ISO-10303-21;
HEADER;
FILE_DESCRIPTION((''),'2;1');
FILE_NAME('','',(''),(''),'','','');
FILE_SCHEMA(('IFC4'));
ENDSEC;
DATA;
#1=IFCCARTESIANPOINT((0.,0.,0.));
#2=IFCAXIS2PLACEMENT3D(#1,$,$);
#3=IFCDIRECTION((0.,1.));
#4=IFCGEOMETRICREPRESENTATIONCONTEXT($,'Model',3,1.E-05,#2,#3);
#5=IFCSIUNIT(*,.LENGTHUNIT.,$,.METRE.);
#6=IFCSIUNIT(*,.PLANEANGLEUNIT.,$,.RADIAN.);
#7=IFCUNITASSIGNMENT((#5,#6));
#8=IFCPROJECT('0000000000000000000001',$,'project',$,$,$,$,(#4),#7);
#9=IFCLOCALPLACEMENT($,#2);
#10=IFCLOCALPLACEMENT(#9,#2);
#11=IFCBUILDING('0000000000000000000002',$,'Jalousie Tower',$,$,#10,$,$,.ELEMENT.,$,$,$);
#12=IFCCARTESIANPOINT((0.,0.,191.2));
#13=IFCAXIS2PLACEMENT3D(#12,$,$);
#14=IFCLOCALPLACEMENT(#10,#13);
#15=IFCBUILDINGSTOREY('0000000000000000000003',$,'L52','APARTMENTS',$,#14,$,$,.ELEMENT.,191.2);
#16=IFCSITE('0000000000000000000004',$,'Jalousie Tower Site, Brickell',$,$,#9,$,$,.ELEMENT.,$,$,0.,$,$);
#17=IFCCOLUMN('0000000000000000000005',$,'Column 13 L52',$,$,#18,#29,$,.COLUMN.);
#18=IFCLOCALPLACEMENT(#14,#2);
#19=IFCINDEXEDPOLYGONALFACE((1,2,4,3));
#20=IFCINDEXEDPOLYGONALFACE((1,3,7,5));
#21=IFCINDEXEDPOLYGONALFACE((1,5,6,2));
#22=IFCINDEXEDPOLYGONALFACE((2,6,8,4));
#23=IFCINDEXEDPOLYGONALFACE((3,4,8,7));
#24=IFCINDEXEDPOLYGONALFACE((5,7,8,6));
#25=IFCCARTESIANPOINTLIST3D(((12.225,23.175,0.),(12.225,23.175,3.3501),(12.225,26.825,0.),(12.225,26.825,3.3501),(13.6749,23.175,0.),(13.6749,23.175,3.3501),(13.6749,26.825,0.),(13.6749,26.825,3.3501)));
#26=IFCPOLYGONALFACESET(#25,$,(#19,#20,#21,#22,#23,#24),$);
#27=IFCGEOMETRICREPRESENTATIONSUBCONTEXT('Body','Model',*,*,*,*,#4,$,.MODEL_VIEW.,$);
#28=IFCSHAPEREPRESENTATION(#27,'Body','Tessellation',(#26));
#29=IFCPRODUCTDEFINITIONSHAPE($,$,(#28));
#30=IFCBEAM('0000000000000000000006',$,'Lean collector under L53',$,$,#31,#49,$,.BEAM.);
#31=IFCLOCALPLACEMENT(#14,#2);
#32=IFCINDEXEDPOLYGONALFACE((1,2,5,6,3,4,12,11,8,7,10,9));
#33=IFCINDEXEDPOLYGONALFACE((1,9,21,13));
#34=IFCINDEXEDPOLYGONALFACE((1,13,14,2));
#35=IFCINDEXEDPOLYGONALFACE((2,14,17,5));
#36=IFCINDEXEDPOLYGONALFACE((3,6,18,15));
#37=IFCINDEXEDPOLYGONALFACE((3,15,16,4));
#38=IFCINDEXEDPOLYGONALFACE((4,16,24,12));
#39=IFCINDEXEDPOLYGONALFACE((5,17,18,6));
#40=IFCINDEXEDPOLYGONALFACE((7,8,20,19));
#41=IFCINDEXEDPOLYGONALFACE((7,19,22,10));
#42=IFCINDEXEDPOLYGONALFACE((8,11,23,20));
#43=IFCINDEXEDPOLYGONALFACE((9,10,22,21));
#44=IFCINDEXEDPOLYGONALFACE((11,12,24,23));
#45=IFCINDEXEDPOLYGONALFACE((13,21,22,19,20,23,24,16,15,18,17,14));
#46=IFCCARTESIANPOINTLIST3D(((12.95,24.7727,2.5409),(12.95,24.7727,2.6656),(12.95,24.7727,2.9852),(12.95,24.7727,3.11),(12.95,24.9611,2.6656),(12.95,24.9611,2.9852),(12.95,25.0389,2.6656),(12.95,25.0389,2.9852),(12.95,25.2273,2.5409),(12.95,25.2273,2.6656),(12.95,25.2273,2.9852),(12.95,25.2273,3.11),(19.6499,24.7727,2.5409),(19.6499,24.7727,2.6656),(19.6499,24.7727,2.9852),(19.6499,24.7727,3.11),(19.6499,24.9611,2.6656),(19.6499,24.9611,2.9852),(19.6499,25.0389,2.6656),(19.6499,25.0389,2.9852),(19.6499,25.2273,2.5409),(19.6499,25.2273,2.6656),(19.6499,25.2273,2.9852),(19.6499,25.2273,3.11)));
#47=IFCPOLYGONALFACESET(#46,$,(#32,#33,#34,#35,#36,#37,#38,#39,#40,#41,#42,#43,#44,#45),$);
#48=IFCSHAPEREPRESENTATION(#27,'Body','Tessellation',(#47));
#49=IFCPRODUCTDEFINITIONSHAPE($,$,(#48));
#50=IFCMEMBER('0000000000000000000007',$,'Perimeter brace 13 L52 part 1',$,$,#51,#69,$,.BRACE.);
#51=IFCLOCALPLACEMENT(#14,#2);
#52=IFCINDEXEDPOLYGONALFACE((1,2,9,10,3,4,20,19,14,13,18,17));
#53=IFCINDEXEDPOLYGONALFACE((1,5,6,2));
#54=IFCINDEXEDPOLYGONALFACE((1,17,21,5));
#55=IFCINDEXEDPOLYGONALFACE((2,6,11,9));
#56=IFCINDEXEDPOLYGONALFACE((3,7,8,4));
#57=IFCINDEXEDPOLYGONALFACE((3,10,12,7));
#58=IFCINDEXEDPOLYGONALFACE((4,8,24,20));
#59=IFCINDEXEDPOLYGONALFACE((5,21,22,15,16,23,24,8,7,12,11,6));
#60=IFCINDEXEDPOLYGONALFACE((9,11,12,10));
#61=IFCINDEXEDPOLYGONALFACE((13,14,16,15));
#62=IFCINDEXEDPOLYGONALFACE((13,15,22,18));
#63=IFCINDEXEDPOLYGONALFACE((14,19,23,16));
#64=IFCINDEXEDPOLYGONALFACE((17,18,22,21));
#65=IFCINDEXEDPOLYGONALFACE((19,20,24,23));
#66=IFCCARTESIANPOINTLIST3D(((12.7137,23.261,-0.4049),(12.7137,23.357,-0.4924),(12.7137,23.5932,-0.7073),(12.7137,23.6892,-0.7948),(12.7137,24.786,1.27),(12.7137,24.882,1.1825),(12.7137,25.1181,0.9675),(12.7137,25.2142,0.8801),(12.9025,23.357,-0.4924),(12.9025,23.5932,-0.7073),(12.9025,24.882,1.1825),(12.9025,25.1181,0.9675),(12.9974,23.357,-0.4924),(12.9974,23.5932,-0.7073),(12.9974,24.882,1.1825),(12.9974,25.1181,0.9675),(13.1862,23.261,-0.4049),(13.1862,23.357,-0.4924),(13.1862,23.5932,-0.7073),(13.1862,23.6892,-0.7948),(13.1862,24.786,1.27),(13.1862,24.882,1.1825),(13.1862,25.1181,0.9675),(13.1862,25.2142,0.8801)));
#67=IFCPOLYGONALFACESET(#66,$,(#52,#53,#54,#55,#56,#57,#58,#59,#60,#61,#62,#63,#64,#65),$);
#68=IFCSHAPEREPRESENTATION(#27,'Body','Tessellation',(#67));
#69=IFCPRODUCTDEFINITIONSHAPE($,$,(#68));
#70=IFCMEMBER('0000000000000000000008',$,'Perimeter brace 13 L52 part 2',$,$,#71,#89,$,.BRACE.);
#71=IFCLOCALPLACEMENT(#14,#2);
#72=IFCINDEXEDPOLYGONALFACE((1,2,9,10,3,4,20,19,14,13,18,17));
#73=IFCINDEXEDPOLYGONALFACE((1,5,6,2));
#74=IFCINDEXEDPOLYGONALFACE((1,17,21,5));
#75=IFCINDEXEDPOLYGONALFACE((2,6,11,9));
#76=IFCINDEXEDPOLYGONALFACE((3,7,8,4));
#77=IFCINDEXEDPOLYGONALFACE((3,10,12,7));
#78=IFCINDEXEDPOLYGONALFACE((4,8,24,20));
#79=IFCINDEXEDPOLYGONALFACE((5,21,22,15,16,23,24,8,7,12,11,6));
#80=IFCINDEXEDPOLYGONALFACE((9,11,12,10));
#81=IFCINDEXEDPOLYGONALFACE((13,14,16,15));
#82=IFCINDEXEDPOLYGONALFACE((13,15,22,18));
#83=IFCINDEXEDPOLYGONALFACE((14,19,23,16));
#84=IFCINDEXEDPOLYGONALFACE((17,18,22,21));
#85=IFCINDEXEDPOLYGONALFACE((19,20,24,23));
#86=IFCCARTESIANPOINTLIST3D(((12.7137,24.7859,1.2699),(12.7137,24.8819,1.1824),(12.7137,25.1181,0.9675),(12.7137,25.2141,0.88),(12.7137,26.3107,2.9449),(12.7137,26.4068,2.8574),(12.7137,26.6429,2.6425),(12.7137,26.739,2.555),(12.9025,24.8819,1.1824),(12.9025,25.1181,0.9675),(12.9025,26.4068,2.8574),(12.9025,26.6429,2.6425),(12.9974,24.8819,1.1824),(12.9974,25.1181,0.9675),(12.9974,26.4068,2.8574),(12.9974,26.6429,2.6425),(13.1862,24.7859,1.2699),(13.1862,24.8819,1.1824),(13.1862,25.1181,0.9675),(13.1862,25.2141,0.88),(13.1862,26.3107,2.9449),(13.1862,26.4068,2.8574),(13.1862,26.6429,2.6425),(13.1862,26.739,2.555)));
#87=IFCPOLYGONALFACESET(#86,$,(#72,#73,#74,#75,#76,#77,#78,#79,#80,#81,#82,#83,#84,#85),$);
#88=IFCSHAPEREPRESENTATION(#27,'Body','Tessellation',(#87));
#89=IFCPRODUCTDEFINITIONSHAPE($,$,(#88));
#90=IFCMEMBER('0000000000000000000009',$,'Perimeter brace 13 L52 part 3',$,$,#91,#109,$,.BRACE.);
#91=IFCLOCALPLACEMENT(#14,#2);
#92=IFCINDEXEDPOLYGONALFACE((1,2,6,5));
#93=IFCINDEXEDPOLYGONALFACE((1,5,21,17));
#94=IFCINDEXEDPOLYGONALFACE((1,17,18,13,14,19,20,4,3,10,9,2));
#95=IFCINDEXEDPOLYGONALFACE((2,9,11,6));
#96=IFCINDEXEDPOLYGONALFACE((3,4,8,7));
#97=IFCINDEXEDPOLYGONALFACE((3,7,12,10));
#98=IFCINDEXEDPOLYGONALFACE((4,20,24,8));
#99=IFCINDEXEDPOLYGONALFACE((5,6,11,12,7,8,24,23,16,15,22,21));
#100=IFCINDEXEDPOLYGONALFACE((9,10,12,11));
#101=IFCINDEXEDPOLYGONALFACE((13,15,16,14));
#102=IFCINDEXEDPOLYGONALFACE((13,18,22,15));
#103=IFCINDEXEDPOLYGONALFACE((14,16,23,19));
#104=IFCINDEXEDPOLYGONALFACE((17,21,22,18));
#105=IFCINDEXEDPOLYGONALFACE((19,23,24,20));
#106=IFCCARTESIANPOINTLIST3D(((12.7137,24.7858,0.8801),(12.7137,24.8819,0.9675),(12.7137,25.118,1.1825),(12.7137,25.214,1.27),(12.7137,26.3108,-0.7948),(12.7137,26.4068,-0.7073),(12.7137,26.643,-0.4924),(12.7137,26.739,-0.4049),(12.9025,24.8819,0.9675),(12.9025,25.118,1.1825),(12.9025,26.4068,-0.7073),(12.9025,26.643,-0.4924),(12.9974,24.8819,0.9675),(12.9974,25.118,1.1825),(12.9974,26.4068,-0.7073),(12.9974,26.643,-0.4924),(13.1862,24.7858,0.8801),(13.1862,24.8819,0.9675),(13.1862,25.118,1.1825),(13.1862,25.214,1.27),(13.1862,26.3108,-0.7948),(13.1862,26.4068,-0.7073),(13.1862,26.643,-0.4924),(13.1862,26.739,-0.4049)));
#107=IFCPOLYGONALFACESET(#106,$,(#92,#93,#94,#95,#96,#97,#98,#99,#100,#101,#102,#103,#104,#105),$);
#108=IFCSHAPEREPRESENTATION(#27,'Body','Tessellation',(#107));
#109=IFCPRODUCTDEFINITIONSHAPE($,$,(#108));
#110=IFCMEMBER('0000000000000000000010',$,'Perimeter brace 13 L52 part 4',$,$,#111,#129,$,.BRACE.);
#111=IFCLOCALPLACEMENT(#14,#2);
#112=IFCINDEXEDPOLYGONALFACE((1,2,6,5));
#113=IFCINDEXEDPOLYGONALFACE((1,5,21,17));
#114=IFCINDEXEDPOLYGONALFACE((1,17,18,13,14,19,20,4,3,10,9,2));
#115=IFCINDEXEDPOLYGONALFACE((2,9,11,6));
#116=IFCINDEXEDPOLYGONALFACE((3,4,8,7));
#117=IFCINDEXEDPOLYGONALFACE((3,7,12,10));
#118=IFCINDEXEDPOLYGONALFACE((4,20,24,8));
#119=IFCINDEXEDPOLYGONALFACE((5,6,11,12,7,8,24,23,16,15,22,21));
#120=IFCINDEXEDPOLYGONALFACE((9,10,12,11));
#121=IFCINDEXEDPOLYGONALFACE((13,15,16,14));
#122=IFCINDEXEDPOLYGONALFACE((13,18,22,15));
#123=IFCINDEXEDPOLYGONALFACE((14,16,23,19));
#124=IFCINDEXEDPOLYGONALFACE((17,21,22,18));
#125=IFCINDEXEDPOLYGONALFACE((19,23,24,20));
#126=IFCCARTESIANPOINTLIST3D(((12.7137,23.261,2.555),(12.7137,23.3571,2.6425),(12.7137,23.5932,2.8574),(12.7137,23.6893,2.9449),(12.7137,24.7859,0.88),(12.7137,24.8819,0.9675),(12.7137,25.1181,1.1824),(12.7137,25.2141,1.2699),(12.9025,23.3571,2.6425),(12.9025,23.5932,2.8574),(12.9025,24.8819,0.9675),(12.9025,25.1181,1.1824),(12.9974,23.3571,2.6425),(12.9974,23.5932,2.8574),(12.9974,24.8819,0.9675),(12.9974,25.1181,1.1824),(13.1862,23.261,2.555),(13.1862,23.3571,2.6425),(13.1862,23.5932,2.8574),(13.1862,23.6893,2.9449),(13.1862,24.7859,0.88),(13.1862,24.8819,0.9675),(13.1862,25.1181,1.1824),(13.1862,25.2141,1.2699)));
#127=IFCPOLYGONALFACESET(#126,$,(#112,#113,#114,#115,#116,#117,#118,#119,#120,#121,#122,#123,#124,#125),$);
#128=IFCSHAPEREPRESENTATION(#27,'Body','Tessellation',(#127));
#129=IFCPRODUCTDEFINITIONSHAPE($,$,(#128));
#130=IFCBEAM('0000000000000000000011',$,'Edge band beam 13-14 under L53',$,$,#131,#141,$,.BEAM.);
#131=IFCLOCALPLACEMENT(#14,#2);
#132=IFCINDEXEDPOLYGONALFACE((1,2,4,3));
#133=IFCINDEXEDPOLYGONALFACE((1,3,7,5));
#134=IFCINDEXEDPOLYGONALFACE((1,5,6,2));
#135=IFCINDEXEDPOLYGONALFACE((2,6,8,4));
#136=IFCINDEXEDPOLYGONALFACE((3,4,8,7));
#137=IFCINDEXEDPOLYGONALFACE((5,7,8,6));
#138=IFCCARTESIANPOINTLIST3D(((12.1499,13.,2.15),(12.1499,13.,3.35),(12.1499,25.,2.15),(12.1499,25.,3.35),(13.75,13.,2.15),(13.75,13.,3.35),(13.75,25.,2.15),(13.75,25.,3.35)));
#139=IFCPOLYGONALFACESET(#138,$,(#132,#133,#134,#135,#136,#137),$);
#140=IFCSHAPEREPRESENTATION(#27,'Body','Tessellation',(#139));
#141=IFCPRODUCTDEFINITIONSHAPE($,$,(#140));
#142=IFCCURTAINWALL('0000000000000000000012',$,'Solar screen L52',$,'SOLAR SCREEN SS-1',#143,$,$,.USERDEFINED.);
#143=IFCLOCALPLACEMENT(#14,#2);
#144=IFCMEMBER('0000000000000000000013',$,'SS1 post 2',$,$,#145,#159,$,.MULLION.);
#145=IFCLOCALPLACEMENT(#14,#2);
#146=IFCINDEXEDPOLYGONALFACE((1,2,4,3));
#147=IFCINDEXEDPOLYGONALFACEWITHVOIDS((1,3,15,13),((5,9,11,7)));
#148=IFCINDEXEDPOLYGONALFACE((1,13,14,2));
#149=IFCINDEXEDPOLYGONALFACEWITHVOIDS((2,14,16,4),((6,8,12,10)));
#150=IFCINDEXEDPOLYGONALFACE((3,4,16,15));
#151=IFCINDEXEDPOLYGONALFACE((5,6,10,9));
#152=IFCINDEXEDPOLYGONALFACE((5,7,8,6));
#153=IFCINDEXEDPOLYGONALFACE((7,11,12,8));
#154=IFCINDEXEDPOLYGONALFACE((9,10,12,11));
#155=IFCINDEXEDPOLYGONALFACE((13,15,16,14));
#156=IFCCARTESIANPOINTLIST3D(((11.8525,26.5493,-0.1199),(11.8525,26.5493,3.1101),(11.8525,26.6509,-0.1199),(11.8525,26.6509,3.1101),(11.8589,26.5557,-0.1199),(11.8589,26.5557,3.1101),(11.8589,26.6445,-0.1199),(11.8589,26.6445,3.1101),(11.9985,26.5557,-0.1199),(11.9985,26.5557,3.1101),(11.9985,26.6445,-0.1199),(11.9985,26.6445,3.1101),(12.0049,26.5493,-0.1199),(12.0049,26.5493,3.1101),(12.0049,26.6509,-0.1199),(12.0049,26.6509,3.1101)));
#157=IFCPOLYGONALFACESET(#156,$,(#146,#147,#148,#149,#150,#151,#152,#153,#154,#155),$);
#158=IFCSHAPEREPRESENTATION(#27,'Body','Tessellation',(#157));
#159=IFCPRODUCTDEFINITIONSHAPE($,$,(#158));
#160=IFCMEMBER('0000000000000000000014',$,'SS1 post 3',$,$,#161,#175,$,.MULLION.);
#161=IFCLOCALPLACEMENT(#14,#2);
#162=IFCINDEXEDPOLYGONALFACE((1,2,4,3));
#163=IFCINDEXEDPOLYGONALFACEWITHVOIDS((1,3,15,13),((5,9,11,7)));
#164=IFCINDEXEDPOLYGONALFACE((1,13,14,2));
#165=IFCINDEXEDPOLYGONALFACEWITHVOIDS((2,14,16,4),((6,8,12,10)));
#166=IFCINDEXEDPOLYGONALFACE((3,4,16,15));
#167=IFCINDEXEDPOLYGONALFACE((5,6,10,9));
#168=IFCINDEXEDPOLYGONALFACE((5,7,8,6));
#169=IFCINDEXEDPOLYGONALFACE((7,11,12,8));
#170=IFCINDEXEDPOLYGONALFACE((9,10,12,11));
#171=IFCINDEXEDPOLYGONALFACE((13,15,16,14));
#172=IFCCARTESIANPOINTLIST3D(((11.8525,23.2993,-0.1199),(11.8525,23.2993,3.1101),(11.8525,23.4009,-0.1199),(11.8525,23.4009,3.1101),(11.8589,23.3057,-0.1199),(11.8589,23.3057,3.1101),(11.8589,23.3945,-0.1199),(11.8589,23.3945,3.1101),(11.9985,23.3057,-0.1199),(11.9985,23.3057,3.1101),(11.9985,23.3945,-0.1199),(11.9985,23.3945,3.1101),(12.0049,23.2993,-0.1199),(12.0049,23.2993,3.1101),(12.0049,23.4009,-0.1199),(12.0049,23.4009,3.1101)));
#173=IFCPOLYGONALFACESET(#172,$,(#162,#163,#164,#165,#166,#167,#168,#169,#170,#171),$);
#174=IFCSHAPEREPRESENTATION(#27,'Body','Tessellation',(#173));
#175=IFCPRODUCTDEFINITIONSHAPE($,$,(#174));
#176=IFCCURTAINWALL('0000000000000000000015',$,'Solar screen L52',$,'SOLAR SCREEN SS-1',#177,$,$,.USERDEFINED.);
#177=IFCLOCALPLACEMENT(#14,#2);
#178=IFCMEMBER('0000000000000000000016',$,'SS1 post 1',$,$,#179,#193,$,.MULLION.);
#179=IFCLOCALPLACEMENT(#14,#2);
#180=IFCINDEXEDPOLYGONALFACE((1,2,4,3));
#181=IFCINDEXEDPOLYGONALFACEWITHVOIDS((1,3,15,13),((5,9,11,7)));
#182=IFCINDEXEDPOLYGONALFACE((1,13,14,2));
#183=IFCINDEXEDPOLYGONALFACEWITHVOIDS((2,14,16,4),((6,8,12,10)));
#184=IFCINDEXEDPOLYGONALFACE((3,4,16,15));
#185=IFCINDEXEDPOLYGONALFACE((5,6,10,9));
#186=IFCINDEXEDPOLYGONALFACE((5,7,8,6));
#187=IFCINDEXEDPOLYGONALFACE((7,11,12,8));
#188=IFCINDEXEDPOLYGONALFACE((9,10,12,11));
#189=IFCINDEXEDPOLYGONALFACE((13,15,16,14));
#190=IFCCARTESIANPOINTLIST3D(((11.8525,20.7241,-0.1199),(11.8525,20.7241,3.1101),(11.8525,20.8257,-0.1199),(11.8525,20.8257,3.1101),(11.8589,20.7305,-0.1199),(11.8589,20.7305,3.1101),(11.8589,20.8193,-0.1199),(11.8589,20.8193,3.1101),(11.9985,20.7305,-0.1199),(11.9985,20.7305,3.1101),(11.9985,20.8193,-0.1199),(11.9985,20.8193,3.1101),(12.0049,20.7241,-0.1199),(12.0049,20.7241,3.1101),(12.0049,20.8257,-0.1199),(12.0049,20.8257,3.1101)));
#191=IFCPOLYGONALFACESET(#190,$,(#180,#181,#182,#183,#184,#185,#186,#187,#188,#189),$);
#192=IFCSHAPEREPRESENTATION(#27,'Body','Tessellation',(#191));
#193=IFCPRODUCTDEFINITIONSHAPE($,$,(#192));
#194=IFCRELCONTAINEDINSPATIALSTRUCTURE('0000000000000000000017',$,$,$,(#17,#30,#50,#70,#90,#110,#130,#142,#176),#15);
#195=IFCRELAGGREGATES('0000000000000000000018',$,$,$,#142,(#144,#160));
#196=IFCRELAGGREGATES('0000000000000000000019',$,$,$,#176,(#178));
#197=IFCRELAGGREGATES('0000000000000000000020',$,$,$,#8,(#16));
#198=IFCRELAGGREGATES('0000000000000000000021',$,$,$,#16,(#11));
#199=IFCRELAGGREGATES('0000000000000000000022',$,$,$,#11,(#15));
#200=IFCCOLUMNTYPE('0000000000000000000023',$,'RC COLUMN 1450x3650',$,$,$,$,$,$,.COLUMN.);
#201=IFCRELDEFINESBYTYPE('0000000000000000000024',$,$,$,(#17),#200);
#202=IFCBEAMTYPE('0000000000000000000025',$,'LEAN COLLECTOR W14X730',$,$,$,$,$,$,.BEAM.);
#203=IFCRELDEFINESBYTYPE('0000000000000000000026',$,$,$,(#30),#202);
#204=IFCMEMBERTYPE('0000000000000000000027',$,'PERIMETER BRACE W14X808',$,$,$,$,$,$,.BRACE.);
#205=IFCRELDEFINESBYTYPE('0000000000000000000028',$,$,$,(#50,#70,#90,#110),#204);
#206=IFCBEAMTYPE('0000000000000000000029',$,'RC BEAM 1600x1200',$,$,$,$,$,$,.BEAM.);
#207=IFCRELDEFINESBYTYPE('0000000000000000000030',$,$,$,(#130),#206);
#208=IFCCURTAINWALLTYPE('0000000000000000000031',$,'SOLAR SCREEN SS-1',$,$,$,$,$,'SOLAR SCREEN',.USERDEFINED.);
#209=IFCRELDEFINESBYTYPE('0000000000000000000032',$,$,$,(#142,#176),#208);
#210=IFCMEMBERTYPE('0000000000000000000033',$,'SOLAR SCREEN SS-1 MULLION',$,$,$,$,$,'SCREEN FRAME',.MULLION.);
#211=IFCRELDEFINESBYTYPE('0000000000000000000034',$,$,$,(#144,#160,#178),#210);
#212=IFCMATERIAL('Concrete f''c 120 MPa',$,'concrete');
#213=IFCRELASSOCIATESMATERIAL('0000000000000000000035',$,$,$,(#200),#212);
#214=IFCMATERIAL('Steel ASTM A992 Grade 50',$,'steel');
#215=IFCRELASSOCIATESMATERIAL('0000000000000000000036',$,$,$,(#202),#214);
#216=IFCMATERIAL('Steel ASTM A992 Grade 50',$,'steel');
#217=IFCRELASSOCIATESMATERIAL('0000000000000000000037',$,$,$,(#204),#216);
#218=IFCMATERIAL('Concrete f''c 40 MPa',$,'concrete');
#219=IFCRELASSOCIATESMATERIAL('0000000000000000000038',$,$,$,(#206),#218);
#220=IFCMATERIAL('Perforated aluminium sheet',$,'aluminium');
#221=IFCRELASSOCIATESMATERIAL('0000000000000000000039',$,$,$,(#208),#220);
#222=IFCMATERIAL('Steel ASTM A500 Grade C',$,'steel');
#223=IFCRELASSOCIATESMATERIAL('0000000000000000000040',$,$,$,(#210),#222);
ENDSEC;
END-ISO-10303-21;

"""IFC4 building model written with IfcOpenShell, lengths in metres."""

from ifc_helpers import new_model, si_unit, direction, frame, origin, origin_2d, place, context, subcontext, project, spatial, rectangle, hollow_rectangle, i_section, extrude, material, material_profile, profile_set, type_object, element, aggregate, save


model = new_model("IFC4")

# Units and contexts
model_context = context("Model", 3, precision=1e-05, world=origin(), true_north=direction((0.0, 1.0)))
body_context = subcontext(model_context, "Body", "Model", "MODEL_VIEW")
ifc_project = project(units=[si_unit("LENGTHUNIT", "METRE"), si_unit("PLANEANGLEUNIT", "RADIAN")], contexts=[model_context])

# Site, building, storey
site_placement = place(None, origin())
site = spatial("IfcSite", under=ifc_project, at=site_placement, Name="Jalousie Tower Site, Brickell", CompositionType="ELEMENT", RefElevation=0.0)
building_placement = place(site_placement, origin())
building = spatial("IfcBuilding", under=site, at=building_placement, Name="Jalousie Tower", CompositionType="ELEMENT")
storey_placement = place(building_placement, frame((0.0, 0.0, 191.2)))
storey = spatial("IfcBuildingStorey", under=building, at=storey_placement, Name="L52", Description="APARTMENTS", CompositionType="ELEMENT", Elevation=191.2)

# Column
ifc_material_1 = material(Name="Concrete f'c 120 MPa", Category="concrete")
ifc_material_profile_1 = material_profile(ifc_material_1, rectangle(XDim=1.45, YDim=3.6499, at=origin_2d()), Name="RC 1450x3650")
ifc_profile_set_1 = profile_set([ifc_material_profile_1], Name="Concrete f'c 120 MPa")
column_type = type_object("IfcColumnType", Name="RC COLUMN 1450x3650", PredefinedType="COLUMN", material=ifc_profile_set_1)
column_placement = place(storey_placement, frame((12.95, 25.0, 0.0), z_axis=(0.0, 0.0, 1.0), x_axis=(1.0, 0.0, 0.0)))
element("IfcColumn", 1, at=column_placement, inside=storey, type_object=column_type, Name="Column 13 L52", PredefinedType="COLUMN", context=body_context, shape_type="SweptSolid", body=[
    extrude(rectangle(XDim=1.45, YDim=3.6499, at=origin_2d()), origin(), (0.0, 0.0, 1.0), 3.3501),
])

# Beam
ifc_material_2 = material(Name="Steel ASTM A992 Grade 50", Category="steel")
ifc_material_profile_2 = material_profile(ifc_material_2, i_section(OverallWidth=0.4546, OverallDepth=0.5691, WebThickness=0.0779, FlangeThickness=0.1248, at=origin_2d()), Name="W14X730")
ifc_profile_set_2 = profile_set([ifc_material_profile_2], Name="Steel ASTM A992 Grade 50")
beam_type_1 = type_object("IfcBeamType", Name="LEAN COLLECTOR W14X730", PredefinedType="BEAM", material=ifc_profile_set_2)
beam_1_placement = place(storey_placement, frame((12.95, 25.0, 2.8254), z_axis=(1.0, 0.0, 0.0), x_axis=(0.0, 1.0, 0.0)))
element("IfcBeam", 2, at=beam_1_placement, inside=storey, type_object=beam_type_1, Name="Lean collector under L53", PredefinedType="BEAM", context=body_context, shape_type="SweptSolid", body=[
    extrude(i_section(OverallWidth=0.4546, OverallDepth=0.5691, WebThickness=0.0779, FlangeThickness=0.1248, at=origin_2d()), origin(), (0.0, 0.0, 1.0), 6.7),
])

# Members
ifc_material_3 = material(Name="Steel ASTM A992 Grade 50", Category="steel")
ifc_material_profile_3 = material_profile(ifc_material_3, i_section(OverallWidth=0.4724, OverallDepth=0.5791, WebThickness=0.095, FlangeThickness=0.1299, at=origin_2d()), Name="W14X808")
ifc_profile_set_3 = profile_set([ifc_material_profile_3], Name="Steel ASTM A992 Grade 50")
member_type_1 = type_object("IfcMemberType", Name="PERIMETER BRACE W14X808", PredefinedType="BRACE", material=ifc_profile_set_3)
for number, where, z_axis, x_axis, name in (
    (3, (12.95, 23.4751, -0.5999), (0.0, 0.673241, 0.739423), (-1.0, 0.0, 0.0), "Perimeter brace 13 L52 part 1"),
    (4, (12.95, 25.0, 1.075), (0.0, 0.673188, 0.739472), (-1.0, 0.0, 0.0), "Perimeter brace 13 L52 part 2"),
    (5, (12.95, 26.5249, -0.5999), (0.0, -0.673241, 0.739423), (1.0, 0.0, 0.0), "Perimeter brace 13 L52 part 3"),
    (6, (12.95, 25.0, 1.075), (0.0, -0.673188, 0.739472), (1.0, 0.0, 0.0), "Perimeter brace 13 L52 part 4"),
):
    element("IfcMember", number, at=place(storey_placement, frame(where, z_axis=z_axis, x_axis=x_axis)), inside=storey, type_object=member_type_1, Name=name, PredefinedType="BRACE", context=body_context, shape_type="SweptSolid", body=[
        extrude(i_section(OverallWidth=0.4724, OverallDepth=0.5791, WebThickness=0.095, FlangeThickness=0.1299, at=origin_2d()), origin(), (0.0, 0.0, 1.0), 2.2651),
    ])

# Beam
ifc_material_4 = material(Name="Concrete f'c 40 MPa", Category="concrete")
ifc_material_profile_4 = material_profile(ifc_material_4, rectangle(XDim=1.6001, YDim=1.2, at=origin_2d()), Name="RC 1600x1200")
ifc_profile_set_4 = profile_set([ifc_material_profile_4], Name="Concrete f'c 40 MPa")
beam_type_2 = type_object("IfcBeamType", Name="RC BEAM 1600x1200", PredefinedType="BEAM", material=ifc_profile_set_4)
beam_2_placement = place(storey_placement, frame((12.95, 25.0, 2.75), z_axis=(0.0, -1.0, 0.0), x_axis=(1.0, 0.0, 0.0)))
element("IfcBeam", 7, at=beam_2_placement, inside=storey, type_object=beam_type_2, Name="Edge band beam 13-14 under L53", PredefinedType="BEAM", context=body_context, shape_type="SweptSolid", body=[
    extrude(rectangle(XDim=1.6001, YDim=1.2, at=origin_2d()), origin(), (0.0, 0.0, 1.0), 12.0),
])

# Curtain walls, members
ifc_material_5 = material(Name="Perforated aluminium sheet", Category="aluminium")
curtain_wall_type = type_object("IfcCurtainWallType", Name="SOLAR SCREEN SS-1", ElementType="SOLAR SCREEN", PredefinedType="USERDEFINED", material=ifc_material_5)
curtain_wall_1_placement = place(storey_placement, origin())
curtain_wall_1 = element("IfcCurtainWall", 8, at=curtain_wall_1_placement, inside=storey, type_object=curtain_wall_type, Name="Solar screen L52", ObjectType="SOLAR SCREEN SS-1", PredefinedType="USERDEFINED")
ifc_material_6 = material(Name="Steel ASTM A500 Grade C", Category="steel")
ifc_material_profile_5 = material_profile(ifc_material_6, hollow_rectangle(XDim=0.1016, YDim=0.1523, WallThickness=0.0063, at=origin_2d()), Name="HSS6X4X1/4")
ifc_profile_set_5 = profile_set([ifc_material_profile_5], Name="Steel ASTM A500 Grade C")
member_type_2 = type_object("IfcMemberType", Name="SOLAR SCREEN SS-1 MULLION", ElementType="SCREEN FRAME", PredefinedType="MULLION", material=ifc_profile_set_5)
member_1_placement = place(storey_placement, frame((11.9287, 26.6001, -0.1199), z_axis=(0.0, 0.0, 1.0), x_axis=(0.0, -1.0, 0.0)))
member_1 = element("IfcMember", 9, at=member_1_placement, type_object=member_type_2, Name="SS1 post 2", PredefinedType="MULLION", context=body_context, shape_type="SweptSolid", body=[
    extrude(hollow_rectangle(XDim=0.1016, YDim=0.1523, WallThickness=0.0063, at=origin_2d()), origin(), (0.0, 0.0, 1.0), 3.23),
])
member_2_placement = place(storey_placement, frame((11.9287, 23.3501, -0.1199), z_axis=(0.0, 0.0, 1.0), x_axis=(0.0, -1.0, 0.0)))
member_2 = element("IfcMember", 10, at=member_2_placement, type_object=member_type_2, Name="SS1 post 3", PredefinedType="MULLION", context=body_context, shape_type="SweptSolid", body=[
    extrude(hollow_rectangle(XDim=0.1016, YDim=0.1523, WallThickness=0.0063, at=origin_2d()), origin(), (0.0, 0.0, 1.0), 3.23),
])
curtain_wall_2_placement = place(storey_placement, origin())
curtain_wall_2 = element("IfcCurtainWall", 11, at=curtain_wall_2_placement, inside=storey, type_object=curtain_wall_type, Name="Solar screen L52", ObjectType="SOLAR SCREEN SS-1", PredefinedType="USERDEFINED")
member_3_placement = place(storey_placement, frame((11.9287, 20.7749, -0.1199), z_axis=(0.0, 0.0, 1.0), x_axis=(0.0, -1.0, 0.0)))
member_3 = element("IfcMember", 12, at=member_3_placement, type_object=member_type_2, Name="SS1 post 1", PredefinedType="MULLION", context=body_context, shape_type="SweptSolid", body=[
    extrude(hollow_rectangle(XDim=0.1016, YDim=0.1523, WallThickness=0.0063, at=origin_2d()), origin(), (0.0, 0.0, 1.0), 3.23),
])

aggregate(curtain_wall_1, [member_1, member_2])
aggregate(curtain_wall_2, [member_3])

save(model, "model.ifc")
